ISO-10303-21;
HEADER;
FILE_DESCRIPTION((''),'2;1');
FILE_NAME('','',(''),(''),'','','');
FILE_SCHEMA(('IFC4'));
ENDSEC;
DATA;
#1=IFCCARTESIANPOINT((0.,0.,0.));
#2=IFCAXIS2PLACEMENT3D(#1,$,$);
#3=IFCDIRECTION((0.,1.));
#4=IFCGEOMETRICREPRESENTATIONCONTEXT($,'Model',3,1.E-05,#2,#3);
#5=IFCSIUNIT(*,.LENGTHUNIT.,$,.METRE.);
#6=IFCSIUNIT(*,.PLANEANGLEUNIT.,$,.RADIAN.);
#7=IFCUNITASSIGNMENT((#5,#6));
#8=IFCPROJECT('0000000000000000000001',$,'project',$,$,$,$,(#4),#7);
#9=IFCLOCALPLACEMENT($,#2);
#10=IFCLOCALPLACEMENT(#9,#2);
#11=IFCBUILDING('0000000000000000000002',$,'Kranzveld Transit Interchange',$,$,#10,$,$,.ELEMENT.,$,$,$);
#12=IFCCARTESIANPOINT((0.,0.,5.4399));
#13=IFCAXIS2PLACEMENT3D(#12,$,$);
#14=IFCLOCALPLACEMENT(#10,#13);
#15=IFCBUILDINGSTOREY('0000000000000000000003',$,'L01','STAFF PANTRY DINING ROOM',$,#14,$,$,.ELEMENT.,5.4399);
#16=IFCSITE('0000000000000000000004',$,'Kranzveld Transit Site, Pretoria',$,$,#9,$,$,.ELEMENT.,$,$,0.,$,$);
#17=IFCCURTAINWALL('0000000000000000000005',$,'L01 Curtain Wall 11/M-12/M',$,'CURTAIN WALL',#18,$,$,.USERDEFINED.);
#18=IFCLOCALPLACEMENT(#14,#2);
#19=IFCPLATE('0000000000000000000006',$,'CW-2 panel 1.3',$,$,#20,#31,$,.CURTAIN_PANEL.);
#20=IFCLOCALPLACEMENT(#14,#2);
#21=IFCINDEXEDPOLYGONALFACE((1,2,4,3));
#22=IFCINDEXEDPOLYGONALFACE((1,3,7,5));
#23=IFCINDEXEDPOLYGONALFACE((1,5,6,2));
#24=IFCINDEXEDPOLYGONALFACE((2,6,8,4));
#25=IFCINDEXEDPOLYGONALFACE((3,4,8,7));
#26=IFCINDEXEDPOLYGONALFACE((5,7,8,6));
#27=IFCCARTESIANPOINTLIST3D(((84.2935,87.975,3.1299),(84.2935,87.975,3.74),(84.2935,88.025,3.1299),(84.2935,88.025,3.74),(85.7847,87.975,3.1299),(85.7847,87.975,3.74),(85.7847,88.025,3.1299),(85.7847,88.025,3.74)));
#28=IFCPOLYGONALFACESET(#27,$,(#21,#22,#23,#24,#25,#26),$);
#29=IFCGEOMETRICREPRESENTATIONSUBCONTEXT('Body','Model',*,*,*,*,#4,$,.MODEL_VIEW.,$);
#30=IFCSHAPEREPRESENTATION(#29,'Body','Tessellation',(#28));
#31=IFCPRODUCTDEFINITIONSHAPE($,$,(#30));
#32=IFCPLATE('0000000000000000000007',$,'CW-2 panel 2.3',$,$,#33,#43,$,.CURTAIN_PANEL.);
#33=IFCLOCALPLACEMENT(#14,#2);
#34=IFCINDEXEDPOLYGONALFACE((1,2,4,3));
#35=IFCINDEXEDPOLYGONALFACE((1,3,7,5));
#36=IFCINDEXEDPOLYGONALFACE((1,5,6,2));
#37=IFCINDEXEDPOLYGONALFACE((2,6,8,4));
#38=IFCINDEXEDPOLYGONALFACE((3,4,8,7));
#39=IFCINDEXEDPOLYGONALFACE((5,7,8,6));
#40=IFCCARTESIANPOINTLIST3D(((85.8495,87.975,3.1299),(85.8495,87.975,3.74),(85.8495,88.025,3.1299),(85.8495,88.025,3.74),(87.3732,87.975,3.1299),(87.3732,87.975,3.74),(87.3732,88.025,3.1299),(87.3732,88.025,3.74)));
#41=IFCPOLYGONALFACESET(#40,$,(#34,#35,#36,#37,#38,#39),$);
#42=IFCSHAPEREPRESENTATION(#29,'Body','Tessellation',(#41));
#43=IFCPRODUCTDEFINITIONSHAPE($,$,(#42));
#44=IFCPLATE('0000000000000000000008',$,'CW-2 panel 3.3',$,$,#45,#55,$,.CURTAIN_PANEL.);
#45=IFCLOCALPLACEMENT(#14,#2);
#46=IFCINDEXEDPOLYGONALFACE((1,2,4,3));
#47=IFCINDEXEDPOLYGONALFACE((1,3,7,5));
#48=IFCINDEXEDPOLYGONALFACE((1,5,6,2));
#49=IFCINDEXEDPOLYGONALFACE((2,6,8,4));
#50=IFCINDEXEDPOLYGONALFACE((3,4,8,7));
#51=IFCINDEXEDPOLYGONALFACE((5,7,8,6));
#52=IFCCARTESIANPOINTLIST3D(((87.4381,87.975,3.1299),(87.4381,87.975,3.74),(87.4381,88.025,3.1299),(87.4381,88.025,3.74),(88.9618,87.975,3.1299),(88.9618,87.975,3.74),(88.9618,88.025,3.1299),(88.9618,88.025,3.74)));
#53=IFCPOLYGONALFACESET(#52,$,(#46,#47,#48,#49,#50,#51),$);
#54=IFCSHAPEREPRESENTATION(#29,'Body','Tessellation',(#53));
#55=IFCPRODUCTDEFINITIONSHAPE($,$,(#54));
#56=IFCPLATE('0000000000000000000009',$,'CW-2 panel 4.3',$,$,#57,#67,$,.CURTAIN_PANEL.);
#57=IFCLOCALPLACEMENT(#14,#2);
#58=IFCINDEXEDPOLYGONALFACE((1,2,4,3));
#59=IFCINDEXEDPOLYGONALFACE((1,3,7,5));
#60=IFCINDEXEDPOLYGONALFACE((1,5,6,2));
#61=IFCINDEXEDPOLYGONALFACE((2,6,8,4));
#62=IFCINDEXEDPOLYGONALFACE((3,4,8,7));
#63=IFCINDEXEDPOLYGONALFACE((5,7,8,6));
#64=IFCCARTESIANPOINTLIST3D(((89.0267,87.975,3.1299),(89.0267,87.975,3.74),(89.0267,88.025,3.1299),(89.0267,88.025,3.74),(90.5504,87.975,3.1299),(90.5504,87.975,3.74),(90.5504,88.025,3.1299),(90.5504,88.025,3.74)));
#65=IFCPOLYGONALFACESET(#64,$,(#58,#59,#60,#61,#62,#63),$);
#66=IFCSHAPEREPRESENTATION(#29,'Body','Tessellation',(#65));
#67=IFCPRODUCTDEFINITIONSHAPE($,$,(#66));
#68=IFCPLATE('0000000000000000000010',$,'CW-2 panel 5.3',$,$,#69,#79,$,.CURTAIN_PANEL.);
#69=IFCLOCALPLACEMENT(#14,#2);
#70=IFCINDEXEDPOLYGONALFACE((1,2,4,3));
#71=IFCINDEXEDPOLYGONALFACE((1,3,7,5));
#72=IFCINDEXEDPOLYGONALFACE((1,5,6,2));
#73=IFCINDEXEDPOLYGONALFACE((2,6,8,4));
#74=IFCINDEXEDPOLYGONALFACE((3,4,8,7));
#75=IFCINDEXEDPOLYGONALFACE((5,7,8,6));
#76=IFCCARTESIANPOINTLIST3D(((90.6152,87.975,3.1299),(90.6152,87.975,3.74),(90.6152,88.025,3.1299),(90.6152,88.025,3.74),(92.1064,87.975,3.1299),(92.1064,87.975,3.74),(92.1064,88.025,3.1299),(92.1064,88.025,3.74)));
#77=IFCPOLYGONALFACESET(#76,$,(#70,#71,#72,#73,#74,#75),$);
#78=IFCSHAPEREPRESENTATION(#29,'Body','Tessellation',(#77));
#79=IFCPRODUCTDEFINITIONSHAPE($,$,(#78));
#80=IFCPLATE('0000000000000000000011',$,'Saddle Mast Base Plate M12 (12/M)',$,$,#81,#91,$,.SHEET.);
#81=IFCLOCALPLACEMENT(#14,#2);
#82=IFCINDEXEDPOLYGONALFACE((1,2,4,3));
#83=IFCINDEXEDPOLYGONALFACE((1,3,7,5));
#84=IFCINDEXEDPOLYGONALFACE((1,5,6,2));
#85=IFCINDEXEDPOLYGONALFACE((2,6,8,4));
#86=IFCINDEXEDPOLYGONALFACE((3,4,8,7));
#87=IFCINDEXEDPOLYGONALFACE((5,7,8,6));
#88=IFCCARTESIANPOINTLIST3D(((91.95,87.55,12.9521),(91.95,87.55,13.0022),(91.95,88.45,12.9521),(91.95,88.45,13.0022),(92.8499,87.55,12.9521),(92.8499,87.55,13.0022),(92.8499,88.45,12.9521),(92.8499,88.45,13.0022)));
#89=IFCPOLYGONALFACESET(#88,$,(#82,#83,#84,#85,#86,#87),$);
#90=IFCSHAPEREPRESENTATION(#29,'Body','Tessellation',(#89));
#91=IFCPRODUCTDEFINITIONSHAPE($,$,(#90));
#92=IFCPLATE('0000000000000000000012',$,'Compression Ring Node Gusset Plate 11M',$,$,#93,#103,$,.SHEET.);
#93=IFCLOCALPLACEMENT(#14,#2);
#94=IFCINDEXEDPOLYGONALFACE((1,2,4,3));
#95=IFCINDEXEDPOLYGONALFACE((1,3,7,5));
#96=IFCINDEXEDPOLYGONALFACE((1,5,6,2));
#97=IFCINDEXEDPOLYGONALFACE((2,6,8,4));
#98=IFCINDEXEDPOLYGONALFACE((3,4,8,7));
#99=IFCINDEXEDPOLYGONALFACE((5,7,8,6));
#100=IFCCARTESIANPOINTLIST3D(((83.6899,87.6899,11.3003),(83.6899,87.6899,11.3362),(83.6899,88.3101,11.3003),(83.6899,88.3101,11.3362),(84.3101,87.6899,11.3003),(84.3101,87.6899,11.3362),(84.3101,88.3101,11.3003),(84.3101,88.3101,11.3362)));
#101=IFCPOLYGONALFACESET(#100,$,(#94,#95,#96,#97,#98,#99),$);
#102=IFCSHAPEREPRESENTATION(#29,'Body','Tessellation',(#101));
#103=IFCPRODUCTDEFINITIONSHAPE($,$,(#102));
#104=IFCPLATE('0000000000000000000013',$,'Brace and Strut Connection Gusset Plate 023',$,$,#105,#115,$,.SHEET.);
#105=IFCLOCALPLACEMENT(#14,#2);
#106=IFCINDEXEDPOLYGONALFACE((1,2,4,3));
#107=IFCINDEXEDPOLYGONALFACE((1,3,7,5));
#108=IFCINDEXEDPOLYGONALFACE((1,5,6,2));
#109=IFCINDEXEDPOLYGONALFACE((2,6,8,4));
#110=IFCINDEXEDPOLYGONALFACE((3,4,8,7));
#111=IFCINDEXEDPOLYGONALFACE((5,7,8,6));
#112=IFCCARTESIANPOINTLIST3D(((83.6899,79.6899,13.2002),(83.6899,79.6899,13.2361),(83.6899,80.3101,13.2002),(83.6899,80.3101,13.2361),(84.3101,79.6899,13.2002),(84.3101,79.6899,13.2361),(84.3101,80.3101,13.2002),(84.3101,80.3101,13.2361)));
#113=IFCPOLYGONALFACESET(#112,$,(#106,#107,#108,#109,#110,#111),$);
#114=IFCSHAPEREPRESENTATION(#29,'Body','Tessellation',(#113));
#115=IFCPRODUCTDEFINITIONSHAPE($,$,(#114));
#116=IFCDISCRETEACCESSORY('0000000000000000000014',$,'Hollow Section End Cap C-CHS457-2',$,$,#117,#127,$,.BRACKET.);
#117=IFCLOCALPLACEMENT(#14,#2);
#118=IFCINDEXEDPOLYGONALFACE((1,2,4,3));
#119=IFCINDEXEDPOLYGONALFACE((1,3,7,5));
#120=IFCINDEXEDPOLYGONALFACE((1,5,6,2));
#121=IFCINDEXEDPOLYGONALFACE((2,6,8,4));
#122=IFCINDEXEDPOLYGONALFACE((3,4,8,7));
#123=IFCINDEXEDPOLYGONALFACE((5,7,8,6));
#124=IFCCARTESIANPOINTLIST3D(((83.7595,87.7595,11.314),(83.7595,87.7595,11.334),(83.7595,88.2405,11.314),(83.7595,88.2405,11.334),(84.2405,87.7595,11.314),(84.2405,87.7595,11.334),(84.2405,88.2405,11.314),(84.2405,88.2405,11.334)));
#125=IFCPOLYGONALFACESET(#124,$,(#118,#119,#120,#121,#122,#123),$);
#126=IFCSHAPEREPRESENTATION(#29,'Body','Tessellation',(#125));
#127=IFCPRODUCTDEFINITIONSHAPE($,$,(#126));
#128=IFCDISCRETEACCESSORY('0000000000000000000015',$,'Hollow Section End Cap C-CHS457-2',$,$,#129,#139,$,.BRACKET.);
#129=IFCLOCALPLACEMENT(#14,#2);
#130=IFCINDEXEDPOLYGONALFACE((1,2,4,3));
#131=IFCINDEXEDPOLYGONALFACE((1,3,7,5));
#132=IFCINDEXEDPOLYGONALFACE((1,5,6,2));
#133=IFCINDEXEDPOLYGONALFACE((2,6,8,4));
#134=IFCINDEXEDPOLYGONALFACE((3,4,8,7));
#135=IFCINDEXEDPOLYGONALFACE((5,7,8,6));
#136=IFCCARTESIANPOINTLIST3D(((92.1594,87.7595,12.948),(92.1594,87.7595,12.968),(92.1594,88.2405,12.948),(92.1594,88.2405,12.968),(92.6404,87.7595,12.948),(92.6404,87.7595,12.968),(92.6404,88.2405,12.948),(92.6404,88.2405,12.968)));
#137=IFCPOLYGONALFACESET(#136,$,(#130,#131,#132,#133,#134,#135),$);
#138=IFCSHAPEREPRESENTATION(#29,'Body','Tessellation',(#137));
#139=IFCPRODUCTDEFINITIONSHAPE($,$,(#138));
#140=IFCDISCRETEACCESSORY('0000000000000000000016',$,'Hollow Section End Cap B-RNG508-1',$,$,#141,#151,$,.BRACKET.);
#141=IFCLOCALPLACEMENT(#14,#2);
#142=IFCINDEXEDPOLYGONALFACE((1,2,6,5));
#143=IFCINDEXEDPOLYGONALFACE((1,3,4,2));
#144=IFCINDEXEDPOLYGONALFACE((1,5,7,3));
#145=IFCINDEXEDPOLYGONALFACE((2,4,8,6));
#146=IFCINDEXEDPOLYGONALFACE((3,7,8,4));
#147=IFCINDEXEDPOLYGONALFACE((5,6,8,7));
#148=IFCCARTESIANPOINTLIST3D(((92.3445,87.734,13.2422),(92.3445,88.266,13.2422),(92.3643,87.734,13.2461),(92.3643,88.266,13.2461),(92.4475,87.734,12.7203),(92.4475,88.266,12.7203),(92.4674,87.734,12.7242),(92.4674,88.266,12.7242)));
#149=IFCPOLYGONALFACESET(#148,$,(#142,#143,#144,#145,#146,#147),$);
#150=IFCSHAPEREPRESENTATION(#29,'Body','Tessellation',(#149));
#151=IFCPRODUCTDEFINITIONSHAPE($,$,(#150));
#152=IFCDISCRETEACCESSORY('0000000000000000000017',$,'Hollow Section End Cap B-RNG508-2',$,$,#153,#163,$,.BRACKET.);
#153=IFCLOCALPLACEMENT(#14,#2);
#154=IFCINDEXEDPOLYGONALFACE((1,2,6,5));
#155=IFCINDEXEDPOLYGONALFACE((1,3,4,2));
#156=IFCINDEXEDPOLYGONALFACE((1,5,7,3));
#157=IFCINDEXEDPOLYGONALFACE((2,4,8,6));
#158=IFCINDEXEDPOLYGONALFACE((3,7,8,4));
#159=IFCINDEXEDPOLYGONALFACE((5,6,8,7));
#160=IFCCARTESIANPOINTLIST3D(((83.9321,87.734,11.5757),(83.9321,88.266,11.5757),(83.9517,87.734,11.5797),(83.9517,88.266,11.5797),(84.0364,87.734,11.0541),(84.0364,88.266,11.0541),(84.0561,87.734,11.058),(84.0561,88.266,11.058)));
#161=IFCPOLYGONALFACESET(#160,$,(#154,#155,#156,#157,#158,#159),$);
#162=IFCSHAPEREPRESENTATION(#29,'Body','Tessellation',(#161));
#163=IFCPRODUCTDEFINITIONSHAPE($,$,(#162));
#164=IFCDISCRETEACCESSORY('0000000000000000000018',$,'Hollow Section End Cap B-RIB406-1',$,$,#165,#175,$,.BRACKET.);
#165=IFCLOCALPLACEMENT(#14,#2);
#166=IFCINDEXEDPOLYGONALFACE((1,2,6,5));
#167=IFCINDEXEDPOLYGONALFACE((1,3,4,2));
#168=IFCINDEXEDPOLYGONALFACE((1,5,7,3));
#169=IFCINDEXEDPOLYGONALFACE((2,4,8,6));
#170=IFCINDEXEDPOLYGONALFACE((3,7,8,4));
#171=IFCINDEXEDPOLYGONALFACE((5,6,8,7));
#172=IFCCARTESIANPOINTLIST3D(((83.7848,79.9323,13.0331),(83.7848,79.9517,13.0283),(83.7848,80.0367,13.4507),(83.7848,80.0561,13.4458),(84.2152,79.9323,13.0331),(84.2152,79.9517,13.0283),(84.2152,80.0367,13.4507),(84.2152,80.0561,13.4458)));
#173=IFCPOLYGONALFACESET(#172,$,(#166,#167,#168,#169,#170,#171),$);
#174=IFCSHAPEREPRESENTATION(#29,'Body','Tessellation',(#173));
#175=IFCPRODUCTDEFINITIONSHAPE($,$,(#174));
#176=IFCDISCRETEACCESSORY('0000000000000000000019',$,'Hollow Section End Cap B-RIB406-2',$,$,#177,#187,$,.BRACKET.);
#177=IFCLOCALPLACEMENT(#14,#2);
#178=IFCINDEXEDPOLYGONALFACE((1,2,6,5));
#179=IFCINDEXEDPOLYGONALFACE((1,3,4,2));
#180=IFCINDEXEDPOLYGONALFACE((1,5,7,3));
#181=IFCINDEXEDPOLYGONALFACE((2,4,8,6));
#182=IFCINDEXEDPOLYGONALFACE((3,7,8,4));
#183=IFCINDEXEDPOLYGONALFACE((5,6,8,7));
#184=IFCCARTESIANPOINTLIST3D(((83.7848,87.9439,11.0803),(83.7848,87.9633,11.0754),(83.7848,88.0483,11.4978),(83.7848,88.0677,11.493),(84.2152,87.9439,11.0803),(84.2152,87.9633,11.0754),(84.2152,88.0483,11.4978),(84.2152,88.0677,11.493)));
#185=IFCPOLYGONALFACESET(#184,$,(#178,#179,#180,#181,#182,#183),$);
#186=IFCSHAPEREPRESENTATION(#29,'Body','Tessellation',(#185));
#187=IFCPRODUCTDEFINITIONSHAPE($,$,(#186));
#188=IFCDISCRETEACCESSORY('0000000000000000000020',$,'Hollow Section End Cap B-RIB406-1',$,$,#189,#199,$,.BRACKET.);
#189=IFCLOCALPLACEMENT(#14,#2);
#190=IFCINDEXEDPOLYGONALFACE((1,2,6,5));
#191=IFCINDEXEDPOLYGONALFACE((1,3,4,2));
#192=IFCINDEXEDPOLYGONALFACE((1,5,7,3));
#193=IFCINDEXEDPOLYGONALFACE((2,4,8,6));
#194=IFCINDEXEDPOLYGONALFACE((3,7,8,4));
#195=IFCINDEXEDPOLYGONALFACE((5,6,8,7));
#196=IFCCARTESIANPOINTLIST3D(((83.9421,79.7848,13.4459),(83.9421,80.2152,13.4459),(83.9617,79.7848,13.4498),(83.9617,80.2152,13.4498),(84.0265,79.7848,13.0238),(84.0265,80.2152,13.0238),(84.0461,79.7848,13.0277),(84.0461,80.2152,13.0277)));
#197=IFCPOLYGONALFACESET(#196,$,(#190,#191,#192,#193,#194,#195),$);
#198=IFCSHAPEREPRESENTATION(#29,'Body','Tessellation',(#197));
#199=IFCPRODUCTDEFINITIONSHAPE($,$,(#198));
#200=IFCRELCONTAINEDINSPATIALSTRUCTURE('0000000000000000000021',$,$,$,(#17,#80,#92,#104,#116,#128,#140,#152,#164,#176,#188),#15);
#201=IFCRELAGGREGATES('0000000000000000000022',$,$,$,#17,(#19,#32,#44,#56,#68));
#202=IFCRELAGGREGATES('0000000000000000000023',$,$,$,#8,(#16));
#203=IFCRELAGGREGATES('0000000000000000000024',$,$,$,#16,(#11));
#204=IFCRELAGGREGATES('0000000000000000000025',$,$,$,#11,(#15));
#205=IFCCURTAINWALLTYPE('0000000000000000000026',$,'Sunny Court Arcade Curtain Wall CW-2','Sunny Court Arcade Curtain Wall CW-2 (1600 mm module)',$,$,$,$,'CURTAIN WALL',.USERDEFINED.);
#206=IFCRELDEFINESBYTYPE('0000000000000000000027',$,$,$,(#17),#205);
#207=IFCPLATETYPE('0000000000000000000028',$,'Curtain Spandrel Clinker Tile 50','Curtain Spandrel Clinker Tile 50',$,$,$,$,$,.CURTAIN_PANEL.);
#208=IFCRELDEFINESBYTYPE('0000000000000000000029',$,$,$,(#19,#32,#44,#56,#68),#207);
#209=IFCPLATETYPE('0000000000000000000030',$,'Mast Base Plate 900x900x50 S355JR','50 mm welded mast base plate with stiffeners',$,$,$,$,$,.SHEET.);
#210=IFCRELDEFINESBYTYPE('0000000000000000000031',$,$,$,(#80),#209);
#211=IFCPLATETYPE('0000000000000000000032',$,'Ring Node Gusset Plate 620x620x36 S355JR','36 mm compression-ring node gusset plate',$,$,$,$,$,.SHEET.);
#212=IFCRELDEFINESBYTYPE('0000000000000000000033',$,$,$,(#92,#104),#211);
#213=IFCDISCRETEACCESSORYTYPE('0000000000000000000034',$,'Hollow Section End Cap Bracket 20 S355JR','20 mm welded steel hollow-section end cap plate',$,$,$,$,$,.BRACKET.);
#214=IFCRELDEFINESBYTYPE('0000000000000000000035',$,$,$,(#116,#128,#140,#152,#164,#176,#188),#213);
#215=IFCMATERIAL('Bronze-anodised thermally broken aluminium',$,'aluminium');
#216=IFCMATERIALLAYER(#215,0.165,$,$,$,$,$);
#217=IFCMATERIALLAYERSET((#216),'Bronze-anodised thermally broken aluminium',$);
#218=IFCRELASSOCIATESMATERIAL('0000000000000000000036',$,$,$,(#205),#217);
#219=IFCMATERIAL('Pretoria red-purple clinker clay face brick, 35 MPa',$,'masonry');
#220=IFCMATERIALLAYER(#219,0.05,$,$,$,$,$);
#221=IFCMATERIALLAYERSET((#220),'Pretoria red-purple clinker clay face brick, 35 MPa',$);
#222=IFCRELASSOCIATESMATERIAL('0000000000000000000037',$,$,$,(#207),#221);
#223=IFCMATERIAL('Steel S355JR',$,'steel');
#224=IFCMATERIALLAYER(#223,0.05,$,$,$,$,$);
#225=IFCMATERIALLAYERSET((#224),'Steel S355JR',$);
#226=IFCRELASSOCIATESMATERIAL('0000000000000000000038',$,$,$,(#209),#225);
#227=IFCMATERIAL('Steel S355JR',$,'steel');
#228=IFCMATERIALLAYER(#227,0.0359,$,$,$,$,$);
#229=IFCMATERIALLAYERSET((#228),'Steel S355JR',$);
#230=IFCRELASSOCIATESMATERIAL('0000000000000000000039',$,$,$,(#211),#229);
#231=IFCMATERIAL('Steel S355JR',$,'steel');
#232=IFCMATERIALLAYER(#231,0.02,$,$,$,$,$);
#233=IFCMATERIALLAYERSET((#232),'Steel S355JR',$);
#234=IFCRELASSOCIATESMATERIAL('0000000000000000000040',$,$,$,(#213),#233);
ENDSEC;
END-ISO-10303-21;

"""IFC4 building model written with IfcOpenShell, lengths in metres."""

from ifc_helpers import new_model, si_unit, direction, frame, origin, origin_2d, place, context, subcontext, project, spatial, rectangle, extrude, material, layer, layer_set, type_object, element, aggregate, save


model = new_model("IFC4")

# Units and contexts
model_context = context("Model", 3, precision=1e-05, world=origin(), true_north=direction((0.0, 1.0)))
body_context = subcontext(model_context, "Body", "Model", "MODEL_VIEW")
ifc_project = project(units=[si_unit("LENGTHUNIT", "METRE"), si_unit("PLANEANGLEUNIT", "RADIAN")], contexts=[model_context])

# Site, building, storey
site_placement = place(None, origin())
site = spatial("IfcSite", under=ifc_project, at=site_placement, Name="Kranzveld Transit Site, Pretoria", CompositionType="ELEMENT", RefElevation=0.0)
building_placement = place(site_placement, origin())
building = spatial("IfcBuilding", under=site, at=building_placement, Name="Kranzveld Transit Interchange", CompositionType="ELEMENT")
storey_placement = place(building_placement, frame((0.0, 0.0, 5.4399)))
storey = spatial("IfcBuildingStorey", under=building, at=storey_placement, Name="L01", Description="STAFF PANTRY DINING ROOM", CompositionType="ELEMENT", Elevation=5.4399)

# Curtain wall
ifc_material_1 = material(Name="Bronze-anodised thermally broken aluminium", Category="aluminium")
ifc_layer_1 = layer(ifc_material_1, 0.165)
ifc_layer_set_1 = layer_set([ifc_layer_1], Name="Bronze-anodised thermally broken aluminium")
curtain_wall_type = type_object("IfcCurtainWallType", Name="Sunny Court Arcade Curtain Wall CW-2", Description="Sunny Court Arcade Curtain Wall CW-2 (1600 mm module)", ElementType="CURTAIN WALL", PredefinedType="USERDEFINED", material=ifc_layer_set_1)
curtain_wall_placement = place(storey_placement, origin())
curtain_wall = element("IfcCurtainWall", 1, at=curtain_wall_placement, inside=storey, type_object=curtain_wall_type, Name="L01 Curtain Wall 11/M-12/M", ObjectType="CURTAIN WALL", PredefinedType="USERDEFINED")

# Plates
ifc_material_2 = material(Name="Pretoria red-purple clinker clay face brick, 35 MPa", Category="masonry")
ifc_layer_2 = layer(ifc_material_2, 0.05)
ifc_layer_set_2 = layer_set([ifc_layer_2], Name="Pretoria red-purple clinker clay face brick, 35 MPa")
plate_type_1 = type_object("IfcPlateType", Name="Curtain Spandrel Clinker Tile 50", Description="Curtain Spandrel Clinker Tile 50", PredefinedType="CURTAIN_PANEL", material=ifc_layer_set_2)
plate_1_placement = place(storey_placement, frame((85.0391, 88.0, 3.1299), z_axis=(0.0, 0.0, 1.0), x_axis=(1.0, 0.0, 0.0)))
plate_1 = element("IfcPlate", 2, at=plate_1_placement, type_object=plate_type_1, Name="CW-2 panel 1.3", PredefinedType="CURTAIN_PANEL", context=body_context, shape_type="SweptSolid", body=[
    extrude(rectangle(XDim=1.4912, YDim=0.05, at=origin_2d()), origin(), (0.0, 0.0, 1.0), 0.6101),
])
plate_2_placement = place(storey_placement, frame((86.6113, 88.0, 3.1299), z_axis=(0.0, 0.0, 1.0), x_axis=(1.0, 0.0, 0.0)))
plate_2 = element("IfcPlate", 3, at=plate_2_placement, type_object=plate_type_1, Name="CW-2 panel 2.3", PredefinedType="CURTAIN_PANEL", context=body_context, shape_type="SweptSolid", body=[
    extrude(rectangle(XDim=1.5237, YDim=0.05, at=origin_2d()), origin(), (0.0, 0.0, 1.0), 0.6101),
])
plate_3_placement = place(storey_placement, frame((88.2, 88.0, 3.1299), z_axis=(0.0, 0.0, 1.0), x_axis=(1.0, 0.0, 0.0)))
plate_3 = element("IfcPlate", 4, at=plate_3_placement, type_object=plate_type_1, Name="CW-2 panel 3.3", PredefinedType="CURTAIN_PANEL", context=body_context, shape_type="SweptSolid", body=[
    extrude(rectangle(XDim=1.5237, YDim=0.05, at=origin_2d()), origin(), (0.0, 0.0, 1.0), 0.6101),
])
plate_4_placement = place(storey_placement, frame((89.7886, 88.0, 3.1299), z_axis=(0.0, 0.0, 1.0), x_axis=(1.0, 0.0, 0.0)))
plate_4 = element("IfcPlate", 5, at=plate_4_placement, type_object=plate_type_1, Name="CW-2 panel 4.3", PredefinedType="CURTAIN_PANEL", context=body_context, shape_type="SweptSolid", body=[
    extrude(rectangle(XDim=1.5237, YDim=0.05, at=origin_2d()), origin(), (0.0, 0.0, 1.0), 0.6101),
])
plate_5_placement = place(storey_placement, frame((91.3608, 88.0, 3.1299), z_axis=(0.0, 0.0, 1.0), x_axis=(1.0, 0.0, 0.0)))
plate_5 = element("IfcPlate", 6, at=plate_5_placement, type_object=plate_type_1, Name="CW-2 panel 5.3", PredefinedType="CURTAIN_PANEL", context=body_context, shape_type="SweptSolid", body=[
    extrude(rectangle(XDim=1.4912, YDim=0.05, at=origin_2d()), origin(), (0.0, 0.0, 1.0), 0.6101),
])
aggregate(curtain_wall, [plate_1, plate_2, plate_3, plate_4, plate_5])

# Plates
ifc_material_3 = material(Name="Steel S355JR", Category="steel")
ifc_layer_3 = layer(ifc_material_3, 0.05)
ifc_layer_set_3 = layer_set([ifc_layer_3], Name="Steel S355JR")
plate_type_2 = type_object("IfcPlateType", Name="Mast Base Plate 900x900x50 S355JR", Description="50 mm welded mast base plate with stiffeners", PredefinedType="SHEET", material=ifc_layer_set_3)
plate_6_placement = place(storey_placement, frame((92.3999, 88.0, 12.9521), z_axis=(0.0, 0.0, 1.0), x_axis=(1.0, 0.0, 0.0)))
element("IfcPlate", 7, at=plate_6_placement, inside=storey, type_object=plate_type_2, Name="Saddle Mast Base Plate M12 (12/M)", PredefinedType="SHEET", context=body_context, shape_type="SweptSolid", body=[
    extrude(rectangle(XDim=0.8999, YDim=0.8999, at=origin_2d()), origin(), (0.0, 0.0, 1.0), 0.05),
])
ifc_material_4 = material(Name="Steel S355JR", Category="steel")
ifc_layer_4 = layer(ifc_material_4, 0.0359)
ifc_layer_set_4 = layer_set([ifc_layer_4], Name="Steel S355JR")
plate_type_3 = type_object("IfcPlateType", Name="Ring Node Gusset Plate 620x620x36 S355JR", Description="36 mm compression-ring node gusset plate", PredefinedType="SHEET", material=ifc_layer_set_4)
for number, where, z_axis, x_axis, name in (
    (8, (84.0, 88.0, 11.3003), (0.0, 0.0, 1.0), (1.0, 0.0, 0.0), "Compression Ring Node Gusset Plate 11M"),
    (9, (84.0, 80.0, 13.2002), (0.0, 0.0, 1.0), (1.0, 0.0, 0.0), "Brace and Strut Connection Gusset Plate 023"),
):
    element("IfcPlate", number, at=place(storey_placement, frame(where, z_axis=z_axis, x_axis=x_axis)), inside=storey, type_object=plate_type_3, Name=name, PredefinedType="SHEET", context=body_context, shape_type="SweptSolid", body=[
        extrude(rectangle(XDim=0.6201, YDim=0.6201, at=origin_2d()), origin(), (0.0, 0.0, 1.0), 0.0359),
    ])

# Discrete accessories
ifc_material_5 = material(Name="Steel S355JR", Category="steel")
ifc_layer_5 = layer(ifc_material_5, 0.02)
ifc_layer_set_5 = layer_set([ifc_layer_5], Name="Steel S355JR")
discrete_accessory_type = type_object("IfcDiscreteAccessoryType", Name="Hollow Section End Cap Bracket 20 S355JR", Description="20 mm welded steel hollow-section end cap plate", PredefinedType="BRACKET", material=ifc_layer_set_5)
for number, where, z_axis, x_axis, name in (
    (10, (84.0, 88.0, 11.314), (0.0, 0.0, 1.0), (1.0, 0.0, 0.0), "Hollow Section End Cap C-CHS457-2"),
    (11, (92.3999, 88.0, 12.948), (0.0, 0.0, 1.0), (1.0, 0.0, 0.0), "Hollow Section End Cap C-CHS457-2"),
):
    element("IfcDiscreteAccessory", number, at=place(storey_placement, frame(where, z_axis=z_axis, x_axis=x_axis)), inside=storey, type_object=discrete_accessory_type, Name=name, PredefinedType="BRACKET", context=body_context, shape_type="SweptSolid", body=[
        extrude(rectangle(XDim=0.481, YDim=0.481, at=origin_2d()), origin(), (0.0, 0.0, 1.0), 0.02),
    ])
discrete_accessory_1_placement = place(storey_placement, frame((92.396, 88.0, 12.9812), z_axis=(0.981044, 0.0, 0.193786), x_axis=(0.0, 1.0, 0.0)))
element("IfcDiscreteAccessory", 12, at=discrete_accessory_1_placement, inside=storey, type_object=discrete_accessory_type, Name="Hollow Section End Cap B-RNG508-1", PredefinedType="BRACKET", context=body_context, shape_type="SweptSolid", body=[
    extrude(rectangle(XDim=0.532, YDim=0.532, at=origin_2d()), origin(), (0.0, 0.0, 1.0), 0.0203),
])
discrete_accessory_2_placement = place(storey_placement, frame((84.0039, 88.0, 11.3188), z_axis=(-0.980581, 0.0, -0.196116), x_axis=(0.0, -1.0, 0.0)))
element("IfcDiscreteAccessory", 13, at=discrete_accessory_2_placement, inside=storey, type_object=discrete_accessory_type, Name="Hollow Section End Cap B-RNG508-2", PredefinedType="BRACKET", context=body_context, shape_type="SweptSolid", body=[
    extrude(rectangle(XDim=0.532, YDim=0.532, at=origin_2d()), origin(), (0.0, 0.0, 1.0), 0.02),
])
for number, where, z_axis, x_axis, name in (
    (14, (84.0, 80.0039, 13.2371), (0.0, -0.970143, 0.242536), (1.0, 0.0, 0.0), "Hollow Section End Cap B-RIB406-1"),
    (15, (84.0, 87.9961, 11.2891), (0.0, 0.970143, -0.242536), (-1.0, 0.0, 0.0), "Hollow Section End Cap B-RIB406-2"),
    (16, (84.0039, 80.0, 13.2388), (-0.980581, 0.0, -0.196116), (0.0, -1.0, 0.0), "Hollow Section End Cap B-RIB406-1"),
):
    element("IfcDiscreteAccessory", number, at=place(storey_placement, frame(where, z_axis=z_axis, x_axis=x_axis)), inside=storey, type_object=discrete_accessory_type, Name=name, PredefinedType="BRACKET", context=body_context, shape_type="SweptSolid", body=[
        extrude(rectangle(XDim=0.4304, YDim=0.4304, at=origin_2d()), origin(), (0.0, 0.0, 1.0), 0.02),
    ])

save(model, "model.ifc")
